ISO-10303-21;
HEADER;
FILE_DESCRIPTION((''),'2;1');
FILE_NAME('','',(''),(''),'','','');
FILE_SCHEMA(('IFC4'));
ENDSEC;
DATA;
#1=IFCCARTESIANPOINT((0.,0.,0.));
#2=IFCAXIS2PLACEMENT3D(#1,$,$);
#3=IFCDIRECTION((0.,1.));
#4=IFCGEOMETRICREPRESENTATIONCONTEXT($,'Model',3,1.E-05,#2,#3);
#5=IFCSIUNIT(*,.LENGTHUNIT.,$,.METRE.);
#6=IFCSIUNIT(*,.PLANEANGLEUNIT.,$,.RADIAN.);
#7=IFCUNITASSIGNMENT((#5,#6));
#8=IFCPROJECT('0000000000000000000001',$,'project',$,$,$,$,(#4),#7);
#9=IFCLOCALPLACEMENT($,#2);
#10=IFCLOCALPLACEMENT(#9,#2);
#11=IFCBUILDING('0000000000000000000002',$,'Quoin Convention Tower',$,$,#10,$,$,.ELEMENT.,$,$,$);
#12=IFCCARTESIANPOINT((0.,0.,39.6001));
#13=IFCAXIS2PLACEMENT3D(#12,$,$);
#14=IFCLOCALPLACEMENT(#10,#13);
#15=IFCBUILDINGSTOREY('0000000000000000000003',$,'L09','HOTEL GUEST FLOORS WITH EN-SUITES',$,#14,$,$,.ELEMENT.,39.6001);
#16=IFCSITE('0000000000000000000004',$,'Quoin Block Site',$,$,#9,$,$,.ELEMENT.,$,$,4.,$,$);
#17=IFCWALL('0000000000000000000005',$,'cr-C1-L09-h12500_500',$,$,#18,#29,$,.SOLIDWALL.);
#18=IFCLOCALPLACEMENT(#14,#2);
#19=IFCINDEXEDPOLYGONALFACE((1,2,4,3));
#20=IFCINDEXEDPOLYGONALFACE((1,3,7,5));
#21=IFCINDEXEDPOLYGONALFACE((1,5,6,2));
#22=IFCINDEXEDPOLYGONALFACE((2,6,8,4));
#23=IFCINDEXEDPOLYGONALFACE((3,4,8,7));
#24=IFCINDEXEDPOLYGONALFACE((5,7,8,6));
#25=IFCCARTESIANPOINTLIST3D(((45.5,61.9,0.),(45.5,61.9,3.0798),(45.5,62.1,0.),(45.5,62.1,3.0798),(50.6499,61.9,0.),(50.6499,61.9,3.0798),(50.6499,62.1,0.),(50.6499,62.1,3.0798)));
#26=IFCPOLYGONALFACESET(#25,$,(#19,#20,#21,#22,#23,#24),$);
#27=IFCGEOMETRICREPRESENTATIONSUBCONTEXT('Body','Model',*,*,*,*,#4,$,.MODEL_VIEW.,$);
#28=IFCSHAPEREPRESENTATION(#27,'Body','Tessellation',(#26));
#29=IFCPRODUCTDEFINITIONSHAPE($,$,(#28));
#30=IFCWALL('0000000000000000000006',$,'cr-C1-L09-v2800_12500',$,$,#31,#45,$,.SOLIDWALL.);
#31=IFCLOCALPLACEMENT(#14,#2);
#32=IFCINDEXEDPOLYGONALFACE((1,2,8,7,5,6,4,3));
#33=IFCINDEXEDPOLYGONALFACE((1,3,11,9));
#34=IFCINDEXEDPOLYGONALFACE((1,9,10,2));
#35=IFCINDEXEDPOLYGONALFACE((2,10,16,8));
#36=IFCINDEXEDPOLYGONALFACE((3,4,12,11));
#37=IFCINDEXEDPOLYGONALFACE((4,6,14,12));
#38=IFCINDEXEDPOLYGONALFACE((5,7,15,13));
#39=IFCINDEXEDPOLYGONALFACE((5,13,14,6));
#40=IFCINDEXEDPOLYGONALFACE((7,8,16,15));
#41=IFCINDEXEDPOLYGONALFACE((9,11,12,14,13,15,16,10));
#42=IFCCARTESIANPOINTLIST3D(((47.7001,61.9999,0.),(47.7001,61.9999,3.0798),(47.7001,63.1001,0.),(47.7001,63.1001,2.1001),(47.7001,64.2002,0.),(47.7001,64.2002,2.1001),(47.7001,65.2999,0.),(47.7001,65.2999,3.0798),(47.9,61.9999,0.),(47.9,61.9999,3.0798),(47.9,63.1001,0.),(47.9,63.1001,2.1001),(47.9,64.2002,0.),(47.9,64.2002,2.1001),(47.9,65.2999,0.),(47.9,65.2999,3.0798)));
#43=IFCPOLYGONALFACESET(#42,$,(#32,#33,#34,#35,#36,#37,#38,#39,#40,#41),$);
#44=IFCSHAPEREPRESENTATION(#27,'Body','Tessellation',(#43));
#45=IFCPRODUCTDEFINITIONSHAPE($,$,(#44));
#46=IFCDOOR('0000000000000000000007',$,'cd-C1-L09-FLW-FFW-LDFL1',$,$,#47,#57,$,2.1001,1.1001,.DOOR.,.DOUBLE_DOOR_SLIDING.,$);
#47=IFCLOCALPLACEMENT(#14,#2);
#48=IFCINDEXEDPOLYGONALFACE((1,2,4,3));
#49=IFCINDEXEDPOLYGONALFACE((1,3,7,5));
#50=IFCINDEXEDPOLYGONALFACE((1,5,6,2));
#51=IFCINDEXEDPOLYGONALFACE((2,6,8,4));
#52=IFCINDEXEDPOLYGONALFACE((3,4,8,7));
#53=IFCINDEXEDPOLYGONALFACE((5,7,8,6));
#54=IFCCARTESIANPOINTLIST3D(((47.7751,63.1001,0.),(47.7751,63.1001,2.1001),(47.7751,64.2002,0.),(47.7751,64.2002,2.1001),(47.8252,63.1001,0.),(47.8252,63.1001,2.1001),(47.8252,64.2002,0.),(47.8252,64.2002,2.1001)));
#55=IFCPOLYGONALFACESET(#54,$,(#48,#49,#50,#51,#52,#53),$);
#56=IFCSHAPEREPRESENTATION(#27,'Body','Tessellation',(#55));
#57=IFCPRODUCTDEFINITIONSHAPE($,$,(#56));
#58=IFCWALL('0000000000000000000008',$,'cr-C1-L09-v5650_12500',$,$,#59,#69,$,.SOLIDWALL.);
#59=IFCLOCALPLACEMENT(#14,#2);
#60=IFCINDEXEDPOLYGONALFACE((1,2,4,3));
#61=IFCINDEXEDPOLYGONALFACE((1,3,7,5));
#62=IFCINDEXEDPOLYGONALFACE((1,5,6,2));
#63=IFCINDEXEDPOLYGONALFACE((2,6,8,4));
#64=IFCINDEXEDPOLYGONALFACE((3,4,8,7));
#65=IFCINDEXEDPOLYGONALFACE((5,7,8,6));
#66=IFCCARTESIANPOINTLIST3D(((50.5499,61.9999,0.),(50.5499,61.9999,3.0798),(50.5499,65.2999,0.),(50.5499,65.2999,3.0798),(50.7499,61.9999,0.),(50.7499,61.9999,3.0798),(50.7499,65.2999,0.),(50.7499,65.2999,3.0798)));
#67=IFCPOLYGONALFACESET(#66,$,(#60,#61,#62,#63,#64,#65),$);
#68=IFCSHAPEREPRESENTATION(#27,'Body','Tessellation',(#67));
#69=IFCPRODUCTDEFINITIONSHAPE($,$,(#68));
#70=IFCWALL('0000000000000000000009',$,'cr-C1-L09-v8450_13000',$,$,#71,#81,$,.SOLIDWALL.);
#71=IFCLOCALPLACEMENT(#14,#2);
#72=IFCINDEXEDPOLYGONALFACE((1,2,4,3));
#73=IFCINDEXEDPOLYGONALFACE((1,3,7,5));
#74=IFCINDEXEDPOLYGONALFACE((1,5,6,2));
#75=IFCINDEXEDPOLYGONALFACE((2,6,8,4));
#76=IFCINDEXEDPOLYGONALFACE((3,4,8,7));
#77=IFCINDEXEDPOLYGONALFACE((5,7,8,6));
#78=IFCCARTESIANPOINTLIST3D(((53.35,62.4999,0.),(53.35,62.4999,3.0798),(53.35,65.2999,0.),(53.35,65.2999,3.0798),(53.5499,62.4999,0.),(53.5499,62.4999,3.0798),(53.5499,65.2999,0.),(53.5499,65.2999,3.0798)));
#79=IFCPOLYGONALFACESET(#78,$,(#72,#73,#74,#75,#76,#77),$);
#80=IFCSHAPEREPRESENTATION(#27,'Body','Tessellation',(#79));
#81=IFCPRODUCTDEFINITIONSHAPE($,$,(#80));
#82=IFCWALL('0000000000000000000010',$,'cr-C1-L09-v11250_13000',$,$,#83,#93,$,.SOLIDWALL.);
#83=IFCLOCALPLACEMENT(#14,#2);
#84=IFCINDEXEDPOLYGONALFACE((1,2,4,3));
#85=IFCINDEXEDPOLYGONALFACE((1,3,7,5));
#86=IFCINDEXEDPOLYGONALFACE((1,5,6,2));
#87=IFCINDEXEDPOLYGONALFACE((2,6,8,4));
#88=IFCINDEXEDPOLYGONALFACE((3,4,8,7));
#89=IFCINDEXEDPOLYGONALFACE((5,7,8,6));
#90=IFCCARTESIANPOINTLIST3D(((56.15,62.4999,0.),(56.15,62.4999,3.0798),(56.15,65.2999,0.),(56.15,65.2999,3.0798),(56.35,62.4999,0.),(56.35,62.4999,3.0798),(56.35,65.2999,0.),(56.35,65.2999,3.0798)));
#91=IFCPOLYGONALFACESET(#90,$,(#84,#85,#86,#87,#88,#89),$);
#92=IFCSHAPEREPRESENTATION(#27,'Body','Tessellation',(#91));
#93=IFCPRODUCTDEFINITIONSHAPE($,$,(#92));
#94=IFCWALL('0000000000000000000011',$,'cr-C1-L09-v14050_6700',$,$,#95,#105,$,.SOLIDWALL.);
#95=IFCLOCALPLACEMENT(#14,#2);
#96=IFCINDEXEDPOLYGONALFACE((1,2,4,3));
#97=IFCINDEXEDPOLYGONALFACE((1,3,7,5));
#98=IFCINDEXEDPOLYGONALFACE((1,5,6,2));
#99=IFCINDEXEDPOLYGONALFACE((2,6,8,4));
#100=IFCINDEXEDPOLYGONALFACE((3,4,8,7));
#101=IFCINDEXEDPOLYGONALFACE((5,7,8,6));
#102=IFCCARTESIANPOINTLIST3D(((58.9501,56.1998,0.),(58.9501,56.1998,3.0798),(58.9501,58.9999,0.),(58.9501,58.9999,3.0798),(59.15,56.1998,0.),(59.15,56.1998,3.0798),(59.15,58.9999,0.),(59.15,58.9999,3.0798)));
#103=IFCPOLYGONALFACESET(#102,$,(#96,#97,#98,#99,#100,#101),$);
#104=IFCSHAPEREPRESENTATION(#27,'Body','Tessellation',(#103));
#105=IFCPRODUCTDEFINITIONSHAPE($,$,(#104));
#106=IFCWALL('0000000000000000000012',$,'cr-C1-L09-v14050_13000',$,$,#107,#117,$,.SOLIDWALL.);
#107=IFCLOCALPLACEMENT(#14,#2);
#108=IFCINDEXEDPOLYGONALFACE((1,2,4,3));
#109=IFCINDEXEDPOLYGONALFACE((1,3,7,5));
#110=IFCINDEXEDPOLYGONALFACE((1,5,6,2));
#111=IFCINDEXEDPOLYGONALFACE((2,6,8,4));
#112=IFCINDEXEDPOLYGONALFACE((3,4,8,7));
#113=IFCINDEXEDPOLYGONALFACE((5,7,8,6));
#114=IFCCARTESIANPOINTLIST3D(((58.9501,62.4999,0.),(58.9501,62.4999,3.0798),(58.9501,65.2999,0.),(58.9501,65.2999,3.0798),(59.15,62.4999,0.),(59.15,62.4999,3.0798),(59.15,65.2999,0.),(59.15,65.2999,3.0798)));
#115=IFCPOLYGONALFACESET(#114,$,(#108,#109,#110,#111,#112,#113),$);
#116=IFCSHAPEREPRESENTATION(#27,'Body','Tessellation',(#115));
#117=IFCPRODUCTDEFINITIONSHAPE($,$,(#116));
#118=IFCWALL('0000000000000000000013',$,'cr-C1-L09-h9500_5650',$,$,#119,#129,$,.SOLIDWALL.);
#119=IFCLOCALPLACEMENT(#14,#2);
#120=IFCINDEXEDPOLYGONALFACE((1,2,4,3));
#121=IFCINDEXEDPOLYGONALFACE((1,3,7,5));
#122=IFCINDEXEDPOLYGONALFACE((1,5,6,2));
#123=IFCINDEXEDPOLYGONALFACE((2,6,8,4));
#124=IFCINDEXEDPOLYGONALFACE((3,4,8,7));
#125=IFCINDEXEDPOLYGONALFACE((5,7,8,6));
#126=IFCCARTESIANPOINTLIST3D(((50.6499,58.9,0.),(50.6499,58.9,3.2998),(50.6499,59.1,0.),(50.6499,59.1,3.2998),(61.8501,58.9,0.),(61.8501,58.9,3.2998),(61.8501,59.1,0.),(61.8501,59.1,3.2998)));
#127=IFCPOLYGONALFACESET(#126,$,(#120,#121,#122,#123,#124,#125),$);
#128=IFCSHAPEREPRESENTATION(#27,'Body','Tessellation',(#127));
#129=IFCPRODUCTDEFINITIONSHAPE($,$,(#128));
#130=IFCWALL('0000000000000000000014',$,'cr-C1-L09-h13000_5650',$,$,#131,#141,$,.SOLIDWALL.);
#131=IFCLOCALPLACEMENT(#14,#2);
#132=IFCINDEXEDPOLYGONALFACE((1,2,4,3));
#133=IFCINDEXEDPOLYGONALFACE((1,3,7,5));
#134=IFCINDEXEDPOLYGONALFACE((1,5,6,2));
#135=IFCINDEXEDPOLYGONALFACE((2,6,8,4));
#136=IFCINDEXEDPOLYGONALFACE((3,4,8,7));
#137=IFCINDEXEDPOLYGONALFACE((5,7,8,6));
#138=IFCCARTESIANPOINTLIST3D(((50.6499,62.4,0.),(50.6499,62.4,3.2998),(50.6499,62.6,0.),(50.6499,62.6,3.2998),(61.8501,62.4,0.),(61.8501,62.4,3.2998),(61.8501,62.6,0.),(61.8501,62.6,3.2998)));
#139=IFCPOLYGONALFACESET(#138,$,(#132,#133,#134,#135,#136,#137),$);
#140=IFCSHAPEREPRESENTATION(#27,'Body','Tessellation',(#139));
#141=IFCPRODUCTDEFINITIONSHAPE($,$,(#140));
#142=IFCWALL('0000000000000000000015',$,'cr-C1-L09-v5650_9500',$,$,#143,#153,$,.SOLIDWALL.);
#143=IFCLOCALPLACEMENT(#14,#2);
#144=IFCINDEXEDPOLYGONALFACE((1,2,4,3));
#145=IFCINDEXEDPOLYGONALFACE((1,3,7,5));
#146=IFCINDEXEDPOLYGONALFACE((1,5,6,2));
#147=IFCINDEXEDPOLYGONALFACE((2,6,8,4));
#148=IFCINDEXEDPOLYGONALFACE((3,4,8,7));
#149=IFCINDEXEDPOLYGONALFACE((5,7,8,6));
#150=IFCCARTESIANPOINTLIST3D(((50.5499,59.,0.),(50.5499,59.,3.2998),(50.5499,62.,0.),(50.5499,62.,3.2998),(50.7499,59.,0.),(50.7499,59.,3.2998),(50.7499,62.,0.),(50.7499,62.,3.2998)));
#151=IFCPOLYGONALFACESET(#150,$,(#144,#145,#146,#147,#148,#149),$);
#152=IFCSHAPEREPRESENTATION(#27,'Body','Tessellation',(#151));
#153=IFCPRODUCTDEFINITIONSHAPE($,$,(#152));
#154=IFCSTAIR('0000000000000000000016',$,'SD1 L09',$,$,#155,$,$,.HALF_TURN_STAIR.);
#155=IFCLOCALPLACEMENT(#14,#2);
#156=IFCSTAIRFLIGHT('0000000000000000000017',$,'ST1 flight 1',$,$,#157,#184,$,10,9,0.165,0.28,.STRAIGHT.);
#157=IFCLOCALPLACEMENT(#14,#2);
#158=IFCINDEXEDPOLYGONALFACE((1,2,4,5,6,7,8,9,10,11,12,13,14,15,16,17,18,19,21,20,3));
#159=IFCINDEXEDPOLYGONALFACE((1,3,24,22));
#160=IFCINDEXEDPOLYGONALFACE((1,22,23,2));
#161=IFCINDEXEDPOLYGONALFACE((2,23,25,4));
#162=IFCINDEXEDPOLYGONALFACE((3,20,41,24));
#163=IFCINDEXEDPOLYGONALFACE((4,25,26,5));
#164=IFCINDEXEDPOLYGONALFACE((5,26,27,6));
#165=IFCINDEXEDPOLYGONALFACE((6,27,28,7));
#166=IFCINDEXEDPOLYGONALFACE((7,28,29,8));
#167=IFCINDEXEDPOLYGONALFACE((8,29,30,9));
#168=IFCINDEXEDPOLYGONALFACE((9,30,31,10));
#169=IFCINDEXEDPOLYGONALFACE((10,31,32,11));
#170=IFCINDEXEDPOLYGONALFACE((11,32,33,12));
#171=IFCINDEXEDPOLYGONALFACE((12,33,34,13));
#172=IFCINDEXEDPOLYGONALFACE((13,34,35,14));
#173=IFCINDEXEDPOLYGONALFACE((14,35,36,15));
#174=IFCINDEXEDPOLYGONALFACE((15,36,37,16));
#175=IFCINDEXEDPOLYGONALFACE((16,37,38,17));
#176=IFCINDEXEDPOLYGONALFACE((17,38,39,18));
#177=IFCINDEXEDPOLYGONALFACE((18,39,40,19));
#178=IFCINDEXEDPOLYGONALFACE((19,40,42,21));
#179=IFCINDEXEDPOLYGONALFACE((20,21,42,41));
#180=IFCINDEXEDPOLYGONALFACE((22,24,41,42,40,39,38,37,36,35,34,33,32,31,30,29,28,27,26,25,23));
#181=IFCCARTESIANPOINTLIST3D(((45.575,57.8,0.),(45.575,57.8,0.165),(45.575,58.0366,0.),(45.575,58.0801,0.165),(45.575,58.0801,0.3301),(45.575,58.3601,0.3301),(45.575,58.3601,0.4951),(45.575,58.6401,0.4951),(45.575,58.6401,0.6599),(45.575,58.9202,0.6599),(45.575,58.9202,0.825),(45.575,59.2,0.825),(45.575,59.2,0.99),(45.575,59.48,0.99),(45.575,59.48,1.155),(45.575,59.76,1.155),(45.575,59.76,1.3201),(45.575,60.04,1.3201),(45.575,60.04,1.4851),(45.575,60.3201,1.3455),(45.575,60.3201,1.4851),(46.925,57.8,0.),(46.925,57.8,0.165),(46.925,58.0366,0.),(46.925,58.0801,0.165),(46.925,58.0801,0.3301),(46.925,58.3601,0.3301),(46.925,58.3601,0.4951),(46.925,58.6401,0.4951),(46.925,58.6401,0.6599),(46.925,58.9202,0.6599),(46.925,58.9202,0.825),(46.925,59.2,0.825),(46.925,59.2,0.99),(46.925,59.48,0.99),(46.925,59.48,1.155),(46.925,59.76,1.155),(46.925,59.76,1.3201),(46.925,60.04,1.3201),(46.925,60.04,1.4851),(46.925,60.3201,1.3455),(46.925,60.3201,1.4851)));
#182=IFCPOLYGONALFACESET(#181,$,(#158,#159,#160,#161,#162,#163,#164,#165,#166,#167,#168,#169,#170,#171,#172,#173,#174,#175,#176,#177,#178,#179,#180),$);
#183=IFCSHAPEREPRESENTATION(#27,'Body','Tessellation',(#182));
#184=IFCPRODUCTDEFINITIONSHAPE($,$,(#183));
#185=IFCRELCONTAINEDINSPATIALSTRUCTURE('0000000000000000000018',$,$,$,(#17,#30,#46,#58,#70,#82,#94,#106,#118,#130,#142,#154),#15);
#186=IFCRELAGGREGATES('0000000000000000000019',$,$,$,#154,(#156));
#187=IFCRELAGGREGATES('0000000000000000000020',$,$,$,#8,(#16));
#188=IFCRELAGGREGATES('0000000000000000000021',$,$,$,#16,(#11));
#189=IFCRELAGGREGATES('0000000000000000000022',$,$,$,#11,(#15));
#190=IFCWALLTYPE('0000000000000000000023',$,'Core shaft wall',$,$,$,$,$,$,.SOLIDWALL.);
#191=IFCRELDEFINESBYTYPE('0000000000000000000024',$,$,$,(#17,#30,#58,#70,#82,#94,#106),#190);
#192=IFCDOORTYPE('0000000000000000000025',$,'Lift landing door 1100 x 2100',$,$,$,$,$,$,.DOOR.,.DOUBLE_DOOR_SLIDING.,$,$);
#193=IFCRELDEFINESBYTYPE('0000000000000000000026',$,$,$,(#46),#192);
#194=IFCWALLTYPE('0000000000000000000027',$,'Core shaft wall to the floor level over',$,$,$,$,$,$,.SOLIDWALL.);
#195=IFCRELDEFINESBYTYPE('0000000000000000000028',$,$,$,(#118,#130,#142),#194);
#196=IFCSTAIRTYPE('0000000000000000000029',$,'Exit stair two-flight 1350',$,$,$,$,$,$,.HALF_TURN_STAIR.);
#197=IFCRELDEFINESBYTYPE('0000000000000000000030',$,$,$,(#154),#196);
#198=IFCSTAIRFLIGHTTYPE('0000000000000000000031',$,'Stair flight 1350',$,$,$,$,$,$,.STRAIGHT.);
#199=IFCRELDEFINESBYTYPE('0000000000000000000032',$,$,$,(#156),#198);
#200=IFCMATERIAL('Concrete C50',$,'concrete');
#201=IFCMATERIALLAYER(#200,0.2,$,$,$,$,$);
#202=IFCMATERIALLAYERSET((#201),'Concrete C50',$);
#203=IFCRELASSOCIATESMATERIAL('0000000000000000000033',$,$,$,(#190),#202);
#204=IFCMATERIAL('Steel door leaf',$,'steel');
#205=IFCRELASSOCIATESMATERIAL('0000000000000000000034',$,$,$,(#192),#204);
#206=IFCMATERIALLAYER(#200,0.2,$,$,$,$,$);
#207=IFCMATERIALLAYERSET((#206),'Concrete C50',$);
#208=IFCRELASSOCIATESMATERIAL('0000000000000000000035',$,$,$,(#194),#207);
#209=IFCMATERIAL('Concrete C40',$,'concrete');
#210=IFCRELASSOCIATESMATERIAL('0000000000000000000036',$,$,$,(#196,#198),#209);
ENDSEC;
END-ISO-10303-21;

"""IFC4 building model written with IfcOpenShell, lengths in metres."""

from ifc_helpers import new_model, si_unit, direction, frame, frame_2d, origin, place, context, subcontext, project, spatial, polyline, rectangle, outline, extrude, material, layer, layer_set, type_object, element, fill, aggregate, save


model = new_model("IFC4")

# Units and contexts
model_context = context("Model", 3, precision=1e-05, world=origin(), true_north=direction((0.0, 1.0)))
body_context = subcontext(model_context, "Body", "Model", "MODEL_VIEW")
ifc_project = project(units=[si_unit("LENGTHUNIT", "METRE"), si_unit("PLANEANGLEUNIT", "RADIAN")], contexts=[model_context])

# Site, building, storey
site_placement = place(None, origin())
site = spatial("IfcSite", under=ifc_project, at=site_placement, Name="Quoin Block Site", CompositionType="ELEMENT", RefElevation=4.0)
building_placement = place(site_placement, origin())
building = spatial("IfcBuilding", under=site, at=building_placement, Name="Quoin Convention Tower", CompositionType="ELEMENT")
storey_placement = place(building_placement, frame((0.0, 0.0, 39.6001)))
storey = spatial("IfcBuildingStorey", under=building, at=storey_placement, Name="L09", Description="HOTEL GUEST FLOORS WITH EN-SUITES", CompositionType="ELEMENT", Elevation=39.6001)

# Wall
ifc_material_1 = material(Name="Concrete C50", Category="concrete")
ifc_layer_1 = layer(ifc_material_1, 0.2)
ifc_layer_set_1 = layer_set([ifc_layer_1], Name="Concrete C50")
wall_type_1 = type_object("IfcWallType", Name="Core shaft wall", PredefinedType="SOLIDWALL", material=ifc_layer_set_1)
wall_1_placement = place(storey_placement, frame((45.5, 62.0, 0.0), z_axis=(0.0, 0.0, 1.0), x_axis=(1.0, 0.0, 0.0)))
element("IfcWall", 1, at=wall_1_placement, inside=storey, type_object=wall_type_1, Name="cr-C1-L09-h12500_500", PredefinedType="SOLIDWALL", context=body_context, shape_type="SweptSolid", body=[
    extrude(rectangle(XDim=5.1499, YDim=0.2, at=frame_2d((2.575, 0.0))), origin(), (0.0, 0.0, 1.0), 3.0798),
])

# Wall, opening, door
wall_2_placement = place(storey_placement, frame((47.8, 62.0, 0.0), z_axis=(0.0, 0.0, 1.0), x_axis=(0.0, 1.0, 0.0)))
wall_2 = element("IfcWall", 2, at=wall_2_placement, inside=storey, type_object=wall_type_1, Name="cr-C1-L09-v2800_12500", PredefinedType="SOLIDWALL", context=body_context, shape_type="SweptSolid", body=[
    extrude(rectangle(XDim=3.3, YDim=0.2, at=frame_2d((1.6499, 0.0))), origin(), (0.0, 0.0, 1.0), 3.0798),
])
opening_placement = place(wall_2_placement, frame((1.1001, 0.0, 0.0)))
opening = element("IfcOpeningElement", 3, at=opening_placement, cuts=wall_2, PredefinedType="OPENING", context=body_context, shape_type="SweptSolid", body=[
    extrude(rectangle(XDim=1.1001, YDim=2.1001, at=frame_2d((0.55, 1.05))), frame((0.0, 0.1099, 0.0), z_axis=(0.0, -1.0, 0.0), x_axis=(1.0, 0.0, 0.0)), (0.0, 0.0, 1.0), 0.22),
])
ifc_material_2 = material(Name="Steel door leaf", Category="steel")
door_type = type_object("IfcDoorType", Name="Lift landing door 1100 x 2100", OperationType="DOUBLE_DOOR_SLIDING", PredefinedType="DOOR", material=ifc_material_2)
door_placement = place(opening_placement, origin())
door = element("IfcDoor", 4, at=door_placement, inside=storey, type_object=door_type, Name="cd-C1-L09-FLW-FFW-LDFL1", OperationType="DOUBLE_DOOR_SLIDING", OverallHeight=2.1001, OverallWidth=1.1001, PredefinedType="DOOR", context=body_context, shape_type="SweptSolid", body=[
    extrude(rectangle(XDim=1.1001, YDim=2.1001, at=frame_2d((0.55, 1.05))), frame((0.0, 0.0249, 0.0), z_axis=(0.0, -1.0, 0.0), x_axis=(1.0, 0.0, 0.0)), (0.0, 0.0, 1.0), 0.05),
])
fill(opening, door)

# Walls
wall_3_placement = place(storey_placement, frame((50.6499, 62.0, 0.0), z_axis=(0.0, 0.0, 1.0), x_axis=(0.0, 1.0, 0.0)))
element("IfcWall", 5, at=wall_3_placement, inside=storey, type_object=wall_type_1, Name="cr-C1-L09-v5650_12500", PredefinedType="SOLIDWALL", context=body_context, shape_type="SweptSolid", body=[
    extrude(rectangle(XDim=3.3, YDim=0.2, at=frame_2d((1.6499, 0.0))), origin(), (0.0, 0.0, 1.0), 3.0798),
])
for number, where, z_axis, x_axis, name in (
    (6, (53.45, 62.5, 0.0), (0.0, 0.0, 1.0), (0.0, 1.0, 0.0), "cr-C1-L09-v8450_13000"),
    (7, (56.25, 62.5, 0.0), (0.0, 0.0, 1.0), (0.0, 1.0, 0.0), "cr-C1-L09-v11250_13000"),
    (8, (59.05, 56.2, 0.0), (0.0, 0.0, 1.0), (0.0, 1.0, 0.0), "cr-C1-L09-v14050_6700"),
    (9, (59.05, 62.5, 0.0), (0.0, 0.0, 1.0), (0.0, 1.0, 0.0), "cr-C1-L09-v14050_13000"),
):
    element("IfcWall", number, at=place(storey_placement, frame(where, z_axis=z_axis, x_axis=x_axis)), inside=storey, type_object=wall_type_1, Name=name, PredefinedType="SOLIDWALL", context=body_context, shape_type="SweptSolid", body=[
        extrude(rectangle(XDim=2.8, YDim=0.2, at=frame_2d((1.3999, 0.0))), origin(), (0.0, 0.0, 1.0), 3.0798),
    ])
ifc_layer_2 = layer(ifc_material_1, 0.2)
ifc_layer_set_2 = layer_set([ifc_layer_2], Name="Concrete C50")
wall_type_2 = type_object("IfcWallType", Name="Core shaft wall to the floor level over", PredefinedType="SOLIDWALL", material=ifc_layer_set_2)
for number, where, z_axis, x_axis, name in (
    (10, (50.6499, 59.0, 0.0), (0.0, 0.0, 1.0), (1.0, 0.0, 0.0), "cr-C1-L09-h9500_5650"),
    (11, (50.6499, 62.5, 0.0), (0.0, 0.0, 1.0), (1.0, 0.0, 0.0), "cr-C1-L09-h13000_5650"),
):
    element("IfcWall", number, at=place(storey_placement, frame(where, z_axis=z_axis, x_axis=x_axis)), inside=storey, type_object=wall_type_2, Name=name, PredefinedType="SOLIDWALL", context=body_context, shape_type="SweptSolid", body=[
        extrude(rectangle(XDim=11.2002, YDim=0.2, at=frame_2d((5.6001, 0.0))), origin(), (0.0, 0.0, 1.0), 3.2998),
    ])
wall_4_placement = place(storey_placement, frame((50.6499, 59.0, 0.0), z_axis=(0.0, 0.0, 1.0), x_axis=(0.0, 1.0, 0.0)))
element("IfcWall", 12, at=wall_4_placement, inside=storey, type_object=wall_type_2, Name="cr-C1-L09-v5650_9500", PredefinedType="SOLIDWALL", context=body_context, shape_type="SweptSolid", body=[
    extrude(rectangle(XDim=3.0, YDim=0.2, at=frame_2d((1.5, 0.0))), origin(), (0.0, 0.0, 1.0), 3.2998),
])

# Stair, stair flight
ifc_material_3 = material(Name="Concrete C40", Category="concrete")
stair_type = type_object("IfcStairType", Name="Exit stair two-flight 1350", PredefinedType="HALF_TURN_STAIR", material=ifc_material_3)
stair_placement = place(storey_placement, origin())
stair = element("IfcStair", 13, at=stair_placement, inside=storey, type_object=stair_type, Name="SD1 L09", PredefinedType="HALF_TURN_STAIR")
stair_flight_type = type_object("IfcStairFlightType", Name="Stair flight 1350", PredefinedType="STRAIGHT", material=ifc_material_3)
stair_flight_1_placement = place(storey_placement, frame((46.25, 57.8, 0.0), z_axis=(0.0, 0.0, 1.0), x_axis=(0.0, 1.0, 0.0)))
stair_flight_1 = element("IfcStairFlight", 14, at=stair_flight_1_placement, type_object=stair_flight_type, Name="ST1 flight 1", NumberOfRisers=10, NumberOfTreads=9, PredefinedType="STRAIGHT", RiserHeight=0.165, TreadLength=0.28, context=body_context, shape_type="SweptSolid", body=[
    extrude(outline(polyline([(0.0, 0.0), (0.0, 0.165), (0.28, 0.165), (0.28, 0.3301), (0.5601, 0.3301), (0.5601, 0.4951), (0.8401, 0.4951), (0.8401, 0.6599), (1.1201, 0.6599), (1.1201, 0.825), (1.3999, 0.825), (1.3999, 0.99), (1.6799, 0.99), (1.6799, 1.155), (1.96, 1.155), (1.96, 1.3201), (2.24, 1.3201), (2.24, 1.4851), (2.52, 1.4851), (2.52, 1.6499), (2.52, 1.3455), (0.2366, 0.0), (0.0, 0.0)])), frame((0.0, 0.675, 0.0), z_axis=(0.0, -1.0, 0.0), x_axis=(1.0, 0.0, 0.0)), (0.0, 0.0, 1.0), 1.3501),
])
aggregate(stair, [stair_flight_1])

save(model, "model.ifc")
